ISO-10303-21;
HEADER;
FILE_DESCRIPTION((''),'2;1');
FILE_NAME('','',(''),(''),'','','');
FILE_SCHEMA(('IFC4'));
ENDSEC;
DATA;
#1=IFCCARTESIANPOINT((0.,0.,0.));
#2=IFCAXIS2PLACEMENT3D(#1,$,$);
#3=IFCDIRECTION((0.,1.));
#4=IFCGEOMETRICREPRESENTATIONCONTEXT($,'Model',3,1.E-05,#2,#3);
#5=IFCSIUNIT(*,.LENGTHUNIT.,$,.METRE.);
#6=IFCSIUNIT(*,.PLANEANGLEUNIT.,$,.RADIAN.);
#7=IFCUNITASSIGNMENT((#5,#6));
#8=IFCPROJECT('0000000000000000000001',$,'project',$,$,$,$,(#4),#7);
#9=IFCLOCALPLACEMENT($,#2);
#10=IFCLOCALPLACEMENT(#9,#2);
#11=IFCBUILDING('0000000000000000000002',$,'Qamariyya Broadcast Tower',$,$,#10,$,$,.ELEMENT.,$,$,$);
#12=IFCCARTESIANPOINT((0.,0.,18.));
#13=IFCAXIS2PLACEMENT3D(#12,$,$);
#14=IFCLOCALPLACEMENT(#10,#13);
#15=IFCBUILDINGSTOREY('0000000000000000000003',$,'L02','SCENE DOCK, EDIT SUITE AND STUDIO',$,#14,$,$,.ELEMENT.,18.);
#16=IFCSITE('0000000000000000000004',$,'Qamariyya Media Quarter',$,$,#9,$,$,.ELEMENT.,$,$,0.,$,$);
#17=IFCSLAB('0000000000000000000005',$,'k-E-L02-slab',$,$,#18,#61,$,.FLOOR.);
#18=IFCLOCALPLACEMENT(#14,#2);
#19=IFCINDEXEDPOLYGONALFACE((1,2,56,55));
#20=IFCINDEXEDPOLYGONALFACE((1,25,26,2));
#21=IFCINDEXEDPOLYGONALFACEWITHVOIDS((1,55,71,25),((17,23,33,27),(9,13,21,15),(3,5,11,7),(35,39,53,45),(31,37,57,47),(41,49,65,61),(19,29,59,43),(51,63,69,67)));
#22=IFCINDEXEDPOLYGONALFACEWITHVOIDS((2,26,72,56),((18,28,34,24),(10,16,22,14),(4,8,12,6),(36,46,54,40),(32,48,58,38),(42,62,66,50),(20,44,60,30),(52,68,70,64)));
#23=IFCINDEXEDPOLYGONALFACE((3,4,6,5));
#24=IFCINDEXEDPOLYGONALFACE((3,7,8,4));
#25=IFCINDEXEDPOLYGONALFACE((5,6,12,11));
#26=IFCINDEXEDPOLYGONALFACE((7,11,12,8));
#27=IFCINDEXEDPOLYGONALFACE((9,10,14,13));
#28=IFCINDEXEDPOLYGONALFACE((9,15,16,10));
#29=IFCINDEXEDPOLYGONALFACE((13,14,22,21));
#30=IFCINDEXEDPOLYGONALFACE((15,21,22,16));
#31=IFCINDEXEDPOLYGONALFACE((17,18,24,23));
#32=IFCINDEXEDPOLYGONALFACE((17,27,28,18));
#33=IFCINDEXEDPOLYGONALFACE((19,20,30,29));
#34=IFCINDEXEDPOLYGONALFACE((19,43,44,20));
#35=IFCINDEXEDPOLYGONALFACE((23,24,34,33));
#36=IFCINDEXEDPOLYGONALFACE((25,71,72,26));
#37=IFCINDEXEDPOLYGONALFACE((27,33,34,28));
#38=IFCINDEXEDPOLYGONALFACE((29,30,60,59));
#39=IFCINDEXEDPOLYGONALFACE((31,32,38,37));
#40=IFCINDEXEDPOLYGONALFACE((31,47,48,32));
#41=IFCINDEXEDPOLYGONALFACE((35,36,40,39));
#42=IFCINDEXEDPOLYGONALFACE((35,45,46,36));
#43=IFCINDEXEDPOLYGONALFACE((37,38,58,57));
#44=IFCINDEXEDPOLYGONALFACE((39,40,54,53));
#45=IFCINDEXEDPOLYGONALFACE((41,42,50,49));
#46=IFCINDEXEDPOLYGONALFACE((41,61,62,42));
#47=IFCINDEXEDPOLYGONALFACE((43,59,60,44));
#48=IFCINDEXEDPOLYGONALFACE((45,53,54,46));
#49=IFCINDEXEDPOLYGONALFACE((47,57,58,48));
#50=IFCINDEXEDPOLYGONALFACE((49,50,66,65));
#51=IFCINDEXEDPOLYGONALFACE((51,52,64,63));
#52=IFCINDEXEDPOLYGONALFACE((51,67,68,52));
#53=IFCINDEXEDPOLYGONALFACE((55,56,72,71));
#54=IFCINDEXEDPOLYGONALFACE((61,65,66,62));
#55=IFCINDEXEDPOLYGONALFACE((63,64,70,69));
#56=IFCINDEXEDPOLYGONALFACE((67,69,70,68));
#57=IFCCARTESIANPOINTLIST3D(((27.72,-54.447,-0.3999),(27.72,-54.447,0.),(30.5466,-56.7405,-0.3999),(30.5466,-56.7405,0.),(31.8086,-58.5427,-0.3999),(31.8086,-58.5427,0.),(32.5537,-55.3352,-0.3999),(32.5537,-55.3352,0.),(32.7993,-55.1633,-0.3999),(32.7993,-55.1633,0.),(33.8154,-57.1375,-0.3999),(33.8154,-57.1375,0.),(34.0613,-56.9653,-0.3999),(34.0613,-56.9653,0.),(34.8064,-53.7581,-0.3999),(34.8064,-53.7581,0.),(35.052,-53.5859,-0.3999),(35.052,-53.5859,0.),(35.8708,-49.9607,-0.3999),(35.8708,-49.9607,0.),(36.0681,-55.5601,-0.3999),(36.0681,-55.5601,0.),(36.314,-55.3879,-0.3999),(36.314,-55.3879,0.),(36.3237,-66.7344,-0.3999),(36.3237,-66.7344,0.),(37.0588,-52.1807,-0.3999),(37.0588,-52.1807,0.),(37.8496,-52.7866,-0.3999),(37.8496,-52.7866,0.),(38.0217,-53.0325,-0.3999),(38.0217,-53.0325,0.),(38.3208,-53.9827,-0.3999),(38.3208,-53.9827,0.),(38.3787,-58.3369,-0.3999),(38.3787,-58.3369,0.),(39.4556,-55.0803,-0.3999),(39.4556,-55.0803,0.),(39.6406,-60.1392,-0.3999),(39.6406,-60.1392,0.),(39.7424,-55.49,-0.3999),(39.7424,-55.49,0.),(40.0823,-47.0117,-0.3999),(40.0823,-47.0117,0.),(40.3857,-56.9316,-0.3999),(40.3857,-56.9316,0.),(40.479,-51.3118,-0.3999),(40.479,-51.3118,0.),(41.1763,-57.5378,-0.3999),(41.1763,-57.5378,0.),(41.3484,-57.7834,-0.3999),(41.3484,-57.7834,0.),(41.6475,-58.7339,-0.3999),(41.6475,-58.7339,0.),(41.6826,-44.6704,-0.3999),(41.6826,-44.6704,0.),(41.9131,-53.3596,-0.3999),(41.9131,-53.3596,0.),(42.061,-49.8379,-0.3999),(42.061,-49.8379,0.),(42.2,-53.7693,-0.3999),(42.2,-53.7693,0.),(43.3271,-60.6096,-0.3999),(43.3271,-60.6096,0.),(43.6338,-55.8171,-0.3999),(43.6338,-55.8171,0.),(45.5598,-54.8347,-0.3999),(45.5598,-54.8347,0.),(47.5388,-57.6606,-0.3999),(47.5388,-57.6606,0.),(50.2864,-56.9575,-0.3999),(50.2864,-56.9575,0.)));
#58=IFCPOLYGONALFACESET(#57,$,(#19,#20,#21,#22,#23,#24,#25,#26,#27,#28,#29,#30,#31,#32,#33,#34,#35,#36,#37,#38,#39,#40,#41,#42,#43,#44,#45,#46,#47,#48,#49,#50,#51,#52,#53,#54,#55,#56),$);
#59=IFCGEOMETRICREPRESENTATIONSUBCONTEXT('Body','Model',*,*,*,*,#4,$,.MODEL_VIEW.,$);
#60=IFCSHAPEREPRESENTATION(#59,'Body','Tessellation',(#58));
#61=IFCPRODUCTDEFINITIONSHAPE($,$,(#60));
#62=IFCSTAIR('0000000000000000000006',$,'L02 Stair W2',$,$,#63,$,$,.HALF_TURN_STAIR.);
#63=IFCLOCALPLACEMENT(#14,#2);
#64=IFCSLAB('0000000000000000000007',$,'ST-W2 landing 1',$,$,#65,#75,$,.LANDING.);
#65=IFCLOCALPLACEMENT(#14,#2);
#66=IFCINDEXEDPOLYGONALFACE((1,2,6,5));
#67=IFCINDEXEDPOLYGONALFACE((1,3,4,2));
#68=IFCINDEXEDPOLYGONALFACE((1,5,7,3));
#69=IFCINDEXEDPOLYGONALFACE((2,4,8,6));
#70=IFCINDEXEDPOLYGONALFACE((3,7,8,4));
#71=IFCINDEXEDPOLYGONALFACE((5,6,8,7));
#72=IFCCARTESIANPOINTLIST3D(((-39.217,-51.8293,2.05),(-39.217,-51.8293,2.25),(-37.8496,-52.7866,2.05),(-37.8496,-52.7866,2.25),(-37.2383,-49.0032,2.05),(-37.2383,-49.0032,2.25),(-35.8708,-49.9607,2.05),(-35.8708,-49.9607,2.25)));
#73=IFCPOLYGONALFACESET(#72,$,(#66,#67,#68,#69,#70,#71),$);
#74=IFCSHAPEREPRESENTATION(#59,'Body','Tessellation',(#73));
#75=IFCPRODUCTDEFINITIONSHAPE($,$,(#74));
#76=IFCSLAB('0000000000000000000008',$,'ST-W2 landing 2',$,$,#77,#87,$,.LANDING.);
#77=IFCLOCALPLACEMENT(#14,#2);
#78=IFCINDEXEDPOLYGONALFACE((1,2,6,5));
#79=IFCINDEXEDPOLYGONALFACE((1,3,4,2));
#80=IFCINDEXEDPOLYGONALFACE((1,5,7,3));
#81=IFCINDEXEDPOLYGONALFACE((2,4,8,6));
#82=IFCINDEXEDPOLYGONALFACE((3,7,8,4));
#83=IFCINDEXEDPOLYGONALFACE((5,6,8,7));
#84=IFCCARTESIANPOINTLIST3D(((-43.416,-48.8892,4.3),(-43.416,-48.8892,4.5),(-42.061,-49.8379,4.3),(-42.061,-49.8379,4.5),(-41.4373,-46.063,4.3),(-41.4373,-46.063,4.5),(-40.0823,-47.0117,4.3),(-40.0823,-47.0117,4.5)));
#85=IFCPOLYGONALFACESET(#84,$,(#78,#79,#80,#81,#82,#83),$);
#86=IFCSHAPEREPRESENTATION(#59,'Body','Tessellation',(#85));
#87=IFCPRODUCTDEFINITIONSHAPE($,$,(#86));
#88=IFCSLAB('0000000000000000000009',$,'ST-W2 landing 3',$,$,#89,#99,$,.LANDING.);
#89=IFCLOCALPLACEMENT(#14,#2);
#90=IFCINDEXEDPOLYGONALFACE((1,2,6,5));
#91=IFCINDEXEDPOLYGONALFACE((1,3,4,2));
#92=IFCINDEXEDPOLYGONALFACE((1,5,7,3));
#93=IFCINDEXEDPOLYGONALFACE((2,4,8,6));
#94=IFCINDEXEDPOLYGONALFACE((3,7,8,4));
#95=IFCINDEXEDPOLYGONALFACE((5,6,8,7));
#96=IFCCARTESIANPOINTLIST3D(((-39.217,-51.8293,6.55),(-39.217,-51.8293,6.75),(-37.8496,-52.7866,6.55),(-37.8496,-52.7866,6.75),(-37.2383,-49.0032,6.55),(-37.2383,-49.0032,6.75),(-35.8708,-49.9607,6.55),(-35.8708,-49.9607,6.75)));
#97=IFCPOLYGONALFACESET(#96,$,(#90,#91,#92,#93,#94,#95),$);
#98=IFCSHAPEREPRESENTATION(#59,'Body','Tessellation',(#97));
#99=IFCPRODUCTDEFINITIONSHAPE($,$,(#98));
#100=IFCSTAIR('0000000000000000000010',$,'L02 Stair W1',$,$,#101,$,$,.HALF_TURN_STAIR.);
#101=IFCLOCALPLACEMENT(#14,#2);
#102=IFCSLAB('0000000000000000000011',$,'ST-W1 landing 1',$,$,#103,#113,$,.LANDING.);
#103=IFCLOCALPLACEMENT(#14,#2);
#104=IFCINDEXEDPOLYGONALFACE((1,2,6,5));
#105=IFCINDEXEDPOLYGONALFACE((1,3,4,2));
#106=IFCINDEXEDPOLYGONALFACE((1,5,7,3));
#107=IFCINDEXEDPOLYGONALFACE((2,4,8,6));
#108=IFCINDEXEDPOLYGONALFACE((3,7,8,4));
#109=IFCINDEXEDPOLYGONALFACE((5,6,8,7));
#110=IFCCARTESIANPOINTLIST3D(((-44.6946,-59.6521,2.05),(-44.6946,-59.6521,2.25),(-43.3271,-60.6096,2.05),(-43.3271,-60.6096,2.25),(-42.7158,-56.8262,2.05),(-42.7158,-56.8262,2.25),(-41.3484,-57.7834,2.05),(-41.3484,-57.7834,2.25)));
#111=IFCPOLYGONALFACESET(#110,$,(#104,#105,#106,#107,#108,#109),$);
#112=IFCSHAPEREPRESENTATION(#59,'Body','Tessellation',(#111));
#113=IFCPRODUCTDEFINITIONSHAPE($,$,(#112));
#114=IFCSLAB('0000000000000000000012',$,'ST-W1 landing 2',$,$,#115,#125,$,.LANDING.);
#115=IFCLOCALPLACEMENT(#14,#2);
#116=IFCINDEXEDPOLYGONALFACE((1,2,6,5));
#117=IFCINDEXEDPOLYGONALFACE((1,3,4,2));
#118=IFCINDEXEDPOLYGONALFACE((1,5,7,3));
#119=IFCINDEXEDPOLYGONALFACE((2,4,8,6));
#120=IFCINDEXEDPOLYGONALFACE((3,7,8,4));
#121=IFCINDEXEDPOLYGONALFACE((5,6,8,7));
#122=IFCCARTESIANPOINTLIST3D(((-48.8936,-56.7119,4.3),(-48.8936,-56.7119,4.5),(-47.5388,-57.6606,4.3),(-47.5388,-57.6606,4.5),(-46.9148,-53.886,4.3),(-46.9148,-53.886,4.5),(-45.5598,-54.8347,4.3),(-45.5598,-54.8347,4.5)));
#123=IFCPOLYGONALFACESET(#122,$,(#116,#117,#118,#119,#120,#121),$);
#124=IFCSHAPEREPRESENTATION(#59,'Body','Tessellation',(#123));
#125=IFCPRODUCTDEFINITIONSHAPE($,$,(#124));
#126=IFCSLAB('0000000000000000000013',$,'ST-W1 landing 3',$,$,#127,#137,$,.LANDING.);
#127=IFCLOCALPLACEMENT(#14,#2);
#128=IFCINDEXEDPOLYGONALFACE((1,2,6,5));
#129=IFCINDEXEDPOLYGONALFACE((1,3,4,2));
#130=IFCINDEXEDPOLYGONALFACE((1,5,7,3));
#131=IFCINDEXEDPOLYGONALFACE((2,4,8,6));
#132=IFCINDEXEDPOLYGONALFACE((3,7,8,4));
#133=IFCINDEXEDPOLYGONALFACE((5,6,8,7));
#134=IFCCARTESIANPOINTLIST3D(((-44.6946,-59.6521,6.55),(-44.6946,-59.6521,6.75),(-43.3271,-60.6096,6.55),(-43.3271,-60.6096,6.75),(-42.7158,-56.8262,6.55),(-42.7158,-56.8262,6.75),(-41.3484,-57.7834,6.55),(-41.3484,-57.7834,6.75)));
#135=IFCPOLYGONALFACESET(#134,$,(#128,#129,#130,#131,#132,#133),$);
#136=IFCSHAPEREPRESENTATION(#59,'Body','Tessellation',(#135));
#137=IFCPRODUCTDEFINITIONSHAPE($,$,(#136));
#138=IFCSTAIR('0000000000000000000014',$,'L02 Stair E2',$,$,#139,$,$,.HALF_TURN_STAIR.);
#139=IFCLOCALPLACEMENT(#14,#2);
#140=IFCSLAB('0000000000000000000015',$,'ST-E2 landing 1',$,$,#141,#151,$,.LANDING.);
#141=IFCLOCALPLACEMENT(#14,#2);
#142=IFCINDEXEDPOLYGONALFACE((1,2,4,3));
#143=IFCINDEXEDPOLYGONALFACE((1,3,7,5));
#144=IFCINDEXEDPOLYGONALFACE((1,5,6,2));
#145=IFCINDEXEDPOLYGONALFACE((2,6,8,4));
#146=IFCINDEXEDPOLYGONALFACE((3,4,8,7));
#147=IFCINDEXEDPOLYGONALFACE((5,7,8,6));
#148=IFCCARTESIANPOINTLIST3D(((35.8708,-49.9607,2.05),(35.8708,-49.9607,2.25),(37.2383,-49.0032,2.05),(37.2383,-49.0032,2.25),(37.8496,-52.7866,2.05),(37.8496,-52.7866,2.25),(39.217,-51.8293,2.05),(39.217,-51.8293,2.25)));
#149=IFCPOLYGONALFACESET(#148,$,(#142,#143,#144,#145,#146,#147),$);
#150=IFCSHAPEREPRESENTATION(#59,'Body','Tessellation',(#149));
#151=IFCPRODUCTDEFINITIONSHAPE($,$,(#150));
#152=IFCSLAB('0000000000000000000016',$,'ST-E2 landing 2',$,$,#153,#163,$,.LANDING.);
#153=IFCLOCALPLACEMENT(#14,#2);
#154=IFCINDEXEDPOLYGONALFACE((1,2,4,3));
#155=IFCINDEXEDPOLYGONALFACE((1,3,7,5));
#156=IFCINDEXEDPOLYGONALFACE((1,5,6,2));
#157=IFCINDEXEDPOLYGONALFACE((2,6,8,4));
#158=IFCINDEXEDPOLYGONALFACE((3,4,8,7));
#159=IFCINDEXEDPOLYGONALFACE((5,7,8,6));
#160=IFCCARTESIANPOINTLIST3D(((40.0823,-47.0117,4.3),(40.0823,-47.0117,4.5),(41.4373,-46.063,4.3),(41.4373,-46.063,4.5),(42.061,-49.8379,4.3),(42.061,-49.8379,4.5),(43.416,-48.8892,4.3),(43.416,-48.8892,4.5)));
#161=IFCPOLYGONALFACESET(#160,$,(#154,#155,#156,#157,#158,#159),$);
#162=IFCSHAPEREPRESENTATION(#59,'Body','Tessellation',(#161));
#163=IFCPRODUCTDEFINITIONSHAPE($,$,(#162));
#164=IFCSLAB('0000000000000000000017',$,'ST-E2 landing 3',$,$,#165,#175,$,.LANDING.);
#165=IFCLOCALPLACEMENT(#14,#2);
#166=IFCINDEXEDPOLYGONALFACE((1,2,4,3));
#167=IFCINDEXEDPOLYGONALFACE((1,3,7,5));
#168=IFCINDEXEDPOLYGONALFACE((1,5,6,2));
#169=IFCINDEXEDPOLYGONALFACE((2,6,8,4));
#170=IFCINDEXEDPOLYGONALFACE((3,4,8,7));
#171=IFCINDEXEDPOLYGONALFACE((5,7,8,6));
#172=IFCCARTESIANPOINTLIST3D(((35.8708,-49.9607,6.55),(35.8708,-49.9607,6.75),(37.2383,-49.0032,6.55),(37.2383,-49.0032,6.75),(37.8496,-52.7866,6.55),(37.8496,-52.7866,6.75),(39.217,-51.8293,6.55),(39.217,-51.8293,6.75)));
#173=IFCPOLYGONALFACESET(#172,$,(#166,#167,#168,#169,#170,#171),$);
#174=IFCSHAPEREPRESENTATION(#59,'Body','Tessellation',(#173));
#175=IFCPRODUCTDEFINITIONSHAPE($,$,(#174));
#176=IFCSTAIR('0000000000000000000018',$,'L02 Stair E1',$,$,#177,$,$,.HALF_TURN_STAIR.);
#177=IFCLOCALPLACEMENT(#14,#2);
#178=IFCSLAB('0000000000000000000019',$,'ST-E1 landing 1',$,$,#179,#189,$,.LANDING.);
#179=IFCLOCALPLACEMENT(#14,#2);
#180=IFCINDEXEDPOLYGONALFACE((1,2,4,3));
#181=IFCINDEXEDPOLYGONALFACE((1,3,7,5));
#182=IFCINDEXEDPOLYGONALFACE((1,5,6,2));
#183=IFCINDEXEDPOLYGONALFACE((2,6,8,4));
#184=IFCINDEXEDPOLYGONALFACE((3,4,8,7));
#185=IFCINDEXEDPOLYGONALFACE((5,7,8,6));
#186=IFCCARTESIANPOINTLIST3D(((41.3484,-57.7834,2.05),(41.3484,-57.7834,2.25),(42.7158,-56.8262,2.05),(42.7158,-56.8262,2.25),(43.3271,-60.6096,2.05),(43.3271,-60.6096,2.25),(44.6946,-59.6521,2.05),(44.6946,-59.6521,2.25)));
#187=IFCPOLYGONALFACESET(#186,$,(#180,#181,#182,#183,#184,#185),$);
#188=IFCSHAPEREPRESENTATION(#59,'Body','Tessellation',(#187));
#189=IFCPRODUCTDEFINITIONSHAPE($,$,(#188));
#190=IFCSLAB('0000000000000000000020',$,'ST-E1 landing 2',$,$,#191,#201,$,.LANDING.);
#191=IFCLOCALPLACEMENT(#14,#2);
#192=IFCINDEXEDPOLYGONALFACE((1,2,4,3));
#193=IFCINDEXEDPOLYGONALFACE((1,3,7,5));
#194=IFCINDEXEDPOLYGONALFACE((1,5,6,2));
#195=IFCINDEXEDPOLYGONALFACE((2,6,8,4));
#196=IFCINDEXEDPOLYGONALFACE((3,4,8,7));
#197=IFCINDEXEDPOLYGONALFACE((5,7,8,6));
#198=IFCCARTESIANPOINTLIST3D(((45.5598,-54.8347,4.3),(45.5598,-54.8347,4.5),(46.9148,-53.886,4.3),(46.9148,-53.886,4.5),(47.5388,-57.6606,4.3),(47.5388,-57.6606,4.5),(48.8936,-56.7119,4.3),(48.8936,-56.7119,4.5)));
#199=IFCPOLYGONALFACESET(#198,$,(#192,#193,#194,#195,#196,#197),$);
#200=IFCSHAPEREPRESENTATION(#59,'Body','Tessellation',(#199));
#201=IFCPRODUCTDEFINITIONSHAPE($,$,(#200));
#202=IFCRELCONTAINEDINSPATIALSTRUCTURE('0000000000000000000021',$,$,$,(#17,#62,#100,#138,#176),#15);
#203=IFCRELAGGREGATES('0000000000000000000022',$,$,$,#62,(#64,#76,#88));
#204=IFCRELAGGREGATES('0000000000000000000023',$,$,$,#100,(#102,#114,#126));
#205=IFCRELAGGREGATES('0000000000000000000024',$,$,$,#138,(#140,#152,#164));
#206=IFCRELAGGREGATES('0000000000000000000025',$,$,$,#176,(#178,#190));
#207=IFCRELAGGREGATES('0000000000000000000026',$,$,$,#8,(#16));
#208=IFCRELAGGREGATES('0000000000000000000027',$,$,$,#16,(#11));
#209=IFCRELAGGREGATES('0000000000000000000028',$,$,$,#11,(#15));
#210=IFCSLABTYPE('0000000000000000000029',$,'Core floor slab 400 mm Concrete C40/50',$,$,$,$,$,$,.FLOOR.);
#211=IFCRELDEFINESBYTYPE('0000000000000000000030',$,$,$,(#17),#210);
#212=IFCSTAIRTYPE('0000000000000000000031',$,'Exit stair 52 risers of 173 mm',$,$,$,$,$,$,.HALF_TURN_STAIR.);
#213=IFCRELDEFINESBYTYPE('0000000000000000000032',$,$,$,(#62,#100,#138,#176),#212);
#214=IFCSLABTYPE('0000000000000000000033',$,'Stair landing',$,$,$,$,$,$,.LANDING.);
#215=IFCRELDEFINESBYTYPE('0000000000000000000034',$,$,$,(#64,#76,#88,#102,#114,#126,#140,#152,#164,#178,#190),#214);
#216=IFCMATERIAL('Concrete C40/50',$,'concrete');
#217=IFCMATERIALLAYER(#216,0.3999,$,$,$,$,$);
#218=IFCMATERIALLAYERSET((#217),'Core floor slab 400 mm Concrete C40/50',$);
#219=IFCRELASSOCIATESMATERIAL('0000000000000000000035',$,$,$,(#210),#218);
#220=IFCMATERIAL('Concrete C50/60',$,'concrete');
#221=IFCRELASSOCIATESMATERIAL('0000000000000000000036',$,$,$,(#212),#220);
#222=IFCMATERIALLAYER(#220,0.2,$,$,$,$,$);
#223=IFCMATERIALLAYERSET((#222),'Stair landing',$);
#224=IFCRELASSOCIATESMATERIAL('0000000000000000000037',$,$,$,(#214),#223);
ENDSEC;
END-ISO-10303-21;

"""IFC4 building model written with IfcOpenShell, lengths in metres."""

from ifc_helpers import new_model, si_unit, direction, frame, origin, place, context, subcontext, project, spatial, polyline, outline, extrude, material, layer, layer_set, type_object, element, aggregate, save


model = new_model("IFC4")

# Units and contexts
model_context = context("Model", 3, precision=1e-05, world=origin(), true_north=direction((0.0, 1.0)))
body_context = subcontext(model_context, "Body", "Model", "MODEL_VIEW")
ifc_project = project(units=[si_unit("LENGTHUNIT", "METRE"), si_unit("PLANEANGLEUNIT", "RADIAN")], contexts=[model_context])

# Site, building, storey
site_placement = place(None, origin())
site = spatial("IfcSite", under=ifc_project, at=site_placement, Name="Qamariyya Media Quarter", CompositionType="ELEMENT", RefElevation=0.0)
building_placement = place(site_placement, origin())
building = spatial("IfcBuilding", under=site, at=building_placement, Name="Qamariyya Broadcast Tower", CompositionType="ELEMENT")
storey_placement = place(building_placement, frame((0.0, 0.0, 18.0)))
storey = spatial("IfcBuildingStorey", under=building, at=storey_placement, Name="L02", Description="SCENE DOCK, EDIT SUITE AND STUDIO", CompositionType="ELEMENT", Elevation=18.0)

# Shared definitions
ifc_material_1 = material(Name="Concrete C50/60", Category="concrete")

# Slab
ifc_material_2 = material(Name="Concrete C40/50", Category="concrete")
ifc_layer_1 = layer(ifc_material_2, 0.3999)
ifc_layer_set_1 = layer_set([ifc_layer_1], Name="Core floor slab 400 mm Concrete C40/50")
slab_type_1 = type_object("IfcSlabType", Name="Core floor slab 400 mm Concrete C40/50", PredefinedType="FLOOR", material=ifc_layer_set_1)
slab_1_placement = place(storey_placement, frame((0.0, 0.0, -0.3999)))
element("IfcSlab", 1, at=slab_1_placement, inside=storey, type_object=slab_type_1, Name="k-E-L02-slab", PredefinedType="FLOOR", context=body_context, shape_type="SweptSolid", body=[
    extrude(outline(polyline([(36.3237, -66.7344), (50.2864, -56.9575), (41.6826, -44.6704), (27.72, -54.447), (36.3237, -66.7344)]), holes=[polyline([(31.8086, -58.5427), (33.8154, -57.1375), (32.5537, -55.3352), (30.5466, -56.7405), (31.8086, -58.5427)]), polyline([(34.0613, -56.9653), (36.0681, -55.5601), (34.8064, -53.7581), (32.7993, -55.1633), (34.0613, -56.9653)]), polyline([(36.314, -55.3879), (38.3208, -53.9827), (37.0588, -52.1807), (35.052, -53.5859), (36.314, -55.3879)]), polyline([(38.3787, -58.3369), (40.3857, -56.9316), (41.6475, -58.7339), (39.6406, -60.1392), (38.3787, -58.3369)]), polyline([(39.7424, -55.49), (42.2, -53.7693), (43.6338, -55.8171), (41.1763, -57.5378), (39.7424, -55.49)]), polyline([(39.4556, -55.0803), (41.9131, -53.3596), (40.479, -51.3118), (38.0217, -53.0325), (39.4556, -55.0803)]), polyline([(40.0823, -47.0117), (35.8708, -49.9607), (37.8496, -52.7866), (42.061, -49.8379), (40.0823, -47.0117)]), polyline([(45.5598, -54.8347), (41.3484, -57.7834), (43.3271, -60.6096), (47.5388, -57.6606), (45.5598, -54.8347)])]), origin(), (0.0, 0.0, 1.0), 0.3999),
])

# Stairs, slabs
stair_type = type_object("IfcStairType", Name="Exit stair 52 risers of 173 mm", PredefinedType="HALF_TURN_STAIR", material=ifc_material_1)
stair_1_placement = place(storey_placement, origin())
stair_1 = element("IfcStair", 2, at=stair_1_placement, inside=storey, type_object=stair_type, Name="L02 Stair W2", PredefinedType="HALF_TURN_STAIR")
ifc_layer_2 = layer(ifc_material_1, 0.2)
ifc_layer_set_2 = layer_set([ifc_layer_2], Name="Stair landing")
slab_type_2 = type_object("IfcSlabType", Name="Stair landing", PredefinedType="LANDING", material=ifc_layer_set_2)
slab_2_placement = place(storey_placement, frame((0.0, 0.0, 2.05)))
slab_2 = element("IfcSlab", 3, at=slab_2_placement, type_object=slab_type_2, Name="ST-W2 landing 1", PredefinedType="LANDING", context=body_context, shape_type="SweptSolid", body=[
    extrude(outline(polyline([(-39.217, -51.8293), (-37.8496, -52.7866), (-35.8708, -49.9607), (-37.2383, -49.0032), (-39.217, -51.8293)])), origin(), (0.0, 0.0, 1.0), 0.2),
])
slab_3_placement = place(storey_placement, frame((0.0, 0.0, 4.3)))
slab_3 = element("IfcSlab", 4, at=slab_3_placement, type_object=slab_type_2, Name="ST-W2 landing 2", PredefinedType="LANDING", context=body_context, shape_type="SweptSolid", body=[
    extrude(outline(polyline([(-43.416, -48.8892), (-42.061, -49.8379), (-40.0823, -47.0117), (-41.4373, -46.063), (-43.416, -48.8892)])), origin(), (0.0, 0.0, 1.0), 0.2),
])
slab_4_placement = place(storey_placement, frame((0.0, 0.0, 6.55)))
slab_4 = element("IfcSlab", 5, at=slab_4_placement, type_object=slab_type_2, Name="ST-W2 landing 3", PredefinedType="LANDING", context=body_context, shape_type="SweptSolid", body=[
    extrude(outline(polyline([(-39.217, -51.8293), (-37.8496, -52.7866), (-35.8708, -49.9607), (-37.2383, -49.0032), (-39.217, -51.8293)])), origin(), (0.0, 0.0, 1.0), 0.2),
])
aggregate(stair_1, [slab_2, slab_3, slab_4])
stair_2_placement = place(storey_placement, origin())
stair_2 = element("IfcStair", 6, at=stair_2_placement, inside=storey, type_object=stair_type, Name="L02 Stair W1", PredefinedType="HALF_TURN_STAIR")
slab_5_placement = place(storey_placement, frame((0.0, 0.0, 2.05)))
slab_5 = element("IfcSlab", 7, at=slab_5_placement, type_object=slab_type_2, Name="ST-W1 landing 1", PredefinedType="LANDING", context=body_context, shape_type="SweptSolid", body=[
    extrude(outline(polyline([(-44.6946, -59.6521), (-43.3271, -60.6096), (-41.3484, -57.7834), (-42.7158, -56.8262), (-44.6946, -59.6521)])), origin(), (0.0, 0.0, 1.0), 0.2),
])
slab_6_placement = place(storey_placement, frame((0.0, 0.0, 4.3)))
slab_6 = element("IfcSlab", 8, at=slab_6_placement, type_object=slab_type_2, Name="ST-W1 landing 2", PredefinedType="LANDING", context=body_context, shape_type="SweptSolid", body=[
    extrude(outline(polyline([(-48.8936, -56.7119), (-47.5388, -57.6606), (-45.5598, -54.8347), (-46.9148, -53.886), (-48.8936, -56.7119)])), origin(), (0.0, 0.0, 1.0), 0.2),
])
slab_7_placement = place(storey_placement, frame((0.0, 0.0, 6.55)))
slab_7 = element("IfcSlab", 9, at=slab_7_placement, type_object=slab_type_2, Name="ST-W1 landing 3", PredefinedType="LANDING", context=body_context, shape_type="SweptSolid", body=[
    extrude(outline(polyline([(-44.6946, -59.6521), (-43.3271, -60.6096), (-41.3484, -57.7834), (-42.7158, -56.8262), (-44.6946, -59.6521)])), origin(), (0.0, 0.0, 1.0), 0.2),
])
aggregate(stair_2, [slab_5, slab_6, slab_7])
stair_3_placement = place(storey_placement, origin())
stair_3 = element("IfcStair", 10, at=stair_3_placement, inside=storey, type_object=stair_type, Name="L02 Stair E2", PredefinedType="HALF_TURN_STAIR")
slab_8_placement = place(storey_placement, frame((0.0, 0.0, 2.05)))
slab_8 = element("IfcSlab", 11, at=slab_8_placement, type_object=slab_type_2, Name="ST-E2 landing 1", PredefinedType="LANDING", context=body_context, shape_type="SweptSolid", body=[
    extrude(outline(polyline([(37.2383, -49.0032), (35.8708, -49.9607), (37.8496, -52.7866), (39.217, -51.8293), (37.2383, -49.0032)])), origin(), (0.0, 0.0, 1.0), 0.2),
])
slab_9_placement = place(storey_placement, frame((0.0, 0.0, 4.3)))
slab_9 = element("IfcSlab", 12, at=slab_9_placement, type_object=slab_type_2, Name="ST-E2 landing 2", PredefinedType="LANDING", context=body_context, shape_type="SweptSolid", body=[
    extrude(outline(polyline([(41.4373, -46.063), (40.0823, -47.0117), (42.061, -49.8379), (43.416, -48.8892), (41.4373, -46.063)])), origin(), (0.0, 0.0, 1.0), 0.2),
])
slab_10_placement = place(storey_placement, frame((0.0, 0.0, 6.55)))
slab_10 = element("IfcSlab", 13, at=slab_10_placement, type_object=slab_type_2, Name="ST-E2 landing 3", PredefinedType="LANDING", context=body_context, shape_type="SweptSolid", body=[
    extrude(outline(polyline([(37.2383, -49.0032), (35.8708, -49.9607), (37.8496, -52.7866), (39.217, -51.8293), (37.2383, -49.0032)])), origin(), (0.0, 0.0, 1.0), 0.2),
])
aggregate(stair_3, [slab_8, slab_9, slab_10])
stair_4_placement = place(storey_placement, origin())
stair_4 = element("IfcStair", 14, at=stair_4_placement, inside=storey, type_object=stair_type, Name="L02 Stair E1", PredefinedType="HALF_TURN_STAIR")
slab_11_placement = place(storey_placement, frame((0.0, 0.0, 2.05)))
slab_11 = element("IfcSlab", 15, at=slab_11_placement, type_object=slab_type_2, Name="ST-E1 landing 1", PredefinedType="LANDING", context=body_context, shape_type="SweptSolid", body=[
    extrude(outline(polyline([(42.7158, -56.8262), (41.3484, -57.7834), (43.3271, -60.6096), (44.6946, -59.6521), (42.7158, -56.8262)])), origin(), (0.0, 0.0, 1.0), 0.2),
])
slab_12_placement = place(storey_placement, frame((0.0, 0.0, 4.3)))
slab_12 = element("IfcSlab", 16, at=slab_12_placement, type_object=slab_type_2, Name="ST-E1 landing 2", PredefinedType="LANDING", context=body_context, shape_type="SweptSolid", body=[
    extrude(outline(polyline([(46.9148, -53.886), (45.5598, -54.8347), (47.5388, -57.6606), (48.8936, -56.7119), (46.9148, -53.886)])), origin(), (0.0, 0.0, 1.0), 0.2),
])
aggregate(stair_4, [slab_11, slab_12])

save(model, "model.ifc")
